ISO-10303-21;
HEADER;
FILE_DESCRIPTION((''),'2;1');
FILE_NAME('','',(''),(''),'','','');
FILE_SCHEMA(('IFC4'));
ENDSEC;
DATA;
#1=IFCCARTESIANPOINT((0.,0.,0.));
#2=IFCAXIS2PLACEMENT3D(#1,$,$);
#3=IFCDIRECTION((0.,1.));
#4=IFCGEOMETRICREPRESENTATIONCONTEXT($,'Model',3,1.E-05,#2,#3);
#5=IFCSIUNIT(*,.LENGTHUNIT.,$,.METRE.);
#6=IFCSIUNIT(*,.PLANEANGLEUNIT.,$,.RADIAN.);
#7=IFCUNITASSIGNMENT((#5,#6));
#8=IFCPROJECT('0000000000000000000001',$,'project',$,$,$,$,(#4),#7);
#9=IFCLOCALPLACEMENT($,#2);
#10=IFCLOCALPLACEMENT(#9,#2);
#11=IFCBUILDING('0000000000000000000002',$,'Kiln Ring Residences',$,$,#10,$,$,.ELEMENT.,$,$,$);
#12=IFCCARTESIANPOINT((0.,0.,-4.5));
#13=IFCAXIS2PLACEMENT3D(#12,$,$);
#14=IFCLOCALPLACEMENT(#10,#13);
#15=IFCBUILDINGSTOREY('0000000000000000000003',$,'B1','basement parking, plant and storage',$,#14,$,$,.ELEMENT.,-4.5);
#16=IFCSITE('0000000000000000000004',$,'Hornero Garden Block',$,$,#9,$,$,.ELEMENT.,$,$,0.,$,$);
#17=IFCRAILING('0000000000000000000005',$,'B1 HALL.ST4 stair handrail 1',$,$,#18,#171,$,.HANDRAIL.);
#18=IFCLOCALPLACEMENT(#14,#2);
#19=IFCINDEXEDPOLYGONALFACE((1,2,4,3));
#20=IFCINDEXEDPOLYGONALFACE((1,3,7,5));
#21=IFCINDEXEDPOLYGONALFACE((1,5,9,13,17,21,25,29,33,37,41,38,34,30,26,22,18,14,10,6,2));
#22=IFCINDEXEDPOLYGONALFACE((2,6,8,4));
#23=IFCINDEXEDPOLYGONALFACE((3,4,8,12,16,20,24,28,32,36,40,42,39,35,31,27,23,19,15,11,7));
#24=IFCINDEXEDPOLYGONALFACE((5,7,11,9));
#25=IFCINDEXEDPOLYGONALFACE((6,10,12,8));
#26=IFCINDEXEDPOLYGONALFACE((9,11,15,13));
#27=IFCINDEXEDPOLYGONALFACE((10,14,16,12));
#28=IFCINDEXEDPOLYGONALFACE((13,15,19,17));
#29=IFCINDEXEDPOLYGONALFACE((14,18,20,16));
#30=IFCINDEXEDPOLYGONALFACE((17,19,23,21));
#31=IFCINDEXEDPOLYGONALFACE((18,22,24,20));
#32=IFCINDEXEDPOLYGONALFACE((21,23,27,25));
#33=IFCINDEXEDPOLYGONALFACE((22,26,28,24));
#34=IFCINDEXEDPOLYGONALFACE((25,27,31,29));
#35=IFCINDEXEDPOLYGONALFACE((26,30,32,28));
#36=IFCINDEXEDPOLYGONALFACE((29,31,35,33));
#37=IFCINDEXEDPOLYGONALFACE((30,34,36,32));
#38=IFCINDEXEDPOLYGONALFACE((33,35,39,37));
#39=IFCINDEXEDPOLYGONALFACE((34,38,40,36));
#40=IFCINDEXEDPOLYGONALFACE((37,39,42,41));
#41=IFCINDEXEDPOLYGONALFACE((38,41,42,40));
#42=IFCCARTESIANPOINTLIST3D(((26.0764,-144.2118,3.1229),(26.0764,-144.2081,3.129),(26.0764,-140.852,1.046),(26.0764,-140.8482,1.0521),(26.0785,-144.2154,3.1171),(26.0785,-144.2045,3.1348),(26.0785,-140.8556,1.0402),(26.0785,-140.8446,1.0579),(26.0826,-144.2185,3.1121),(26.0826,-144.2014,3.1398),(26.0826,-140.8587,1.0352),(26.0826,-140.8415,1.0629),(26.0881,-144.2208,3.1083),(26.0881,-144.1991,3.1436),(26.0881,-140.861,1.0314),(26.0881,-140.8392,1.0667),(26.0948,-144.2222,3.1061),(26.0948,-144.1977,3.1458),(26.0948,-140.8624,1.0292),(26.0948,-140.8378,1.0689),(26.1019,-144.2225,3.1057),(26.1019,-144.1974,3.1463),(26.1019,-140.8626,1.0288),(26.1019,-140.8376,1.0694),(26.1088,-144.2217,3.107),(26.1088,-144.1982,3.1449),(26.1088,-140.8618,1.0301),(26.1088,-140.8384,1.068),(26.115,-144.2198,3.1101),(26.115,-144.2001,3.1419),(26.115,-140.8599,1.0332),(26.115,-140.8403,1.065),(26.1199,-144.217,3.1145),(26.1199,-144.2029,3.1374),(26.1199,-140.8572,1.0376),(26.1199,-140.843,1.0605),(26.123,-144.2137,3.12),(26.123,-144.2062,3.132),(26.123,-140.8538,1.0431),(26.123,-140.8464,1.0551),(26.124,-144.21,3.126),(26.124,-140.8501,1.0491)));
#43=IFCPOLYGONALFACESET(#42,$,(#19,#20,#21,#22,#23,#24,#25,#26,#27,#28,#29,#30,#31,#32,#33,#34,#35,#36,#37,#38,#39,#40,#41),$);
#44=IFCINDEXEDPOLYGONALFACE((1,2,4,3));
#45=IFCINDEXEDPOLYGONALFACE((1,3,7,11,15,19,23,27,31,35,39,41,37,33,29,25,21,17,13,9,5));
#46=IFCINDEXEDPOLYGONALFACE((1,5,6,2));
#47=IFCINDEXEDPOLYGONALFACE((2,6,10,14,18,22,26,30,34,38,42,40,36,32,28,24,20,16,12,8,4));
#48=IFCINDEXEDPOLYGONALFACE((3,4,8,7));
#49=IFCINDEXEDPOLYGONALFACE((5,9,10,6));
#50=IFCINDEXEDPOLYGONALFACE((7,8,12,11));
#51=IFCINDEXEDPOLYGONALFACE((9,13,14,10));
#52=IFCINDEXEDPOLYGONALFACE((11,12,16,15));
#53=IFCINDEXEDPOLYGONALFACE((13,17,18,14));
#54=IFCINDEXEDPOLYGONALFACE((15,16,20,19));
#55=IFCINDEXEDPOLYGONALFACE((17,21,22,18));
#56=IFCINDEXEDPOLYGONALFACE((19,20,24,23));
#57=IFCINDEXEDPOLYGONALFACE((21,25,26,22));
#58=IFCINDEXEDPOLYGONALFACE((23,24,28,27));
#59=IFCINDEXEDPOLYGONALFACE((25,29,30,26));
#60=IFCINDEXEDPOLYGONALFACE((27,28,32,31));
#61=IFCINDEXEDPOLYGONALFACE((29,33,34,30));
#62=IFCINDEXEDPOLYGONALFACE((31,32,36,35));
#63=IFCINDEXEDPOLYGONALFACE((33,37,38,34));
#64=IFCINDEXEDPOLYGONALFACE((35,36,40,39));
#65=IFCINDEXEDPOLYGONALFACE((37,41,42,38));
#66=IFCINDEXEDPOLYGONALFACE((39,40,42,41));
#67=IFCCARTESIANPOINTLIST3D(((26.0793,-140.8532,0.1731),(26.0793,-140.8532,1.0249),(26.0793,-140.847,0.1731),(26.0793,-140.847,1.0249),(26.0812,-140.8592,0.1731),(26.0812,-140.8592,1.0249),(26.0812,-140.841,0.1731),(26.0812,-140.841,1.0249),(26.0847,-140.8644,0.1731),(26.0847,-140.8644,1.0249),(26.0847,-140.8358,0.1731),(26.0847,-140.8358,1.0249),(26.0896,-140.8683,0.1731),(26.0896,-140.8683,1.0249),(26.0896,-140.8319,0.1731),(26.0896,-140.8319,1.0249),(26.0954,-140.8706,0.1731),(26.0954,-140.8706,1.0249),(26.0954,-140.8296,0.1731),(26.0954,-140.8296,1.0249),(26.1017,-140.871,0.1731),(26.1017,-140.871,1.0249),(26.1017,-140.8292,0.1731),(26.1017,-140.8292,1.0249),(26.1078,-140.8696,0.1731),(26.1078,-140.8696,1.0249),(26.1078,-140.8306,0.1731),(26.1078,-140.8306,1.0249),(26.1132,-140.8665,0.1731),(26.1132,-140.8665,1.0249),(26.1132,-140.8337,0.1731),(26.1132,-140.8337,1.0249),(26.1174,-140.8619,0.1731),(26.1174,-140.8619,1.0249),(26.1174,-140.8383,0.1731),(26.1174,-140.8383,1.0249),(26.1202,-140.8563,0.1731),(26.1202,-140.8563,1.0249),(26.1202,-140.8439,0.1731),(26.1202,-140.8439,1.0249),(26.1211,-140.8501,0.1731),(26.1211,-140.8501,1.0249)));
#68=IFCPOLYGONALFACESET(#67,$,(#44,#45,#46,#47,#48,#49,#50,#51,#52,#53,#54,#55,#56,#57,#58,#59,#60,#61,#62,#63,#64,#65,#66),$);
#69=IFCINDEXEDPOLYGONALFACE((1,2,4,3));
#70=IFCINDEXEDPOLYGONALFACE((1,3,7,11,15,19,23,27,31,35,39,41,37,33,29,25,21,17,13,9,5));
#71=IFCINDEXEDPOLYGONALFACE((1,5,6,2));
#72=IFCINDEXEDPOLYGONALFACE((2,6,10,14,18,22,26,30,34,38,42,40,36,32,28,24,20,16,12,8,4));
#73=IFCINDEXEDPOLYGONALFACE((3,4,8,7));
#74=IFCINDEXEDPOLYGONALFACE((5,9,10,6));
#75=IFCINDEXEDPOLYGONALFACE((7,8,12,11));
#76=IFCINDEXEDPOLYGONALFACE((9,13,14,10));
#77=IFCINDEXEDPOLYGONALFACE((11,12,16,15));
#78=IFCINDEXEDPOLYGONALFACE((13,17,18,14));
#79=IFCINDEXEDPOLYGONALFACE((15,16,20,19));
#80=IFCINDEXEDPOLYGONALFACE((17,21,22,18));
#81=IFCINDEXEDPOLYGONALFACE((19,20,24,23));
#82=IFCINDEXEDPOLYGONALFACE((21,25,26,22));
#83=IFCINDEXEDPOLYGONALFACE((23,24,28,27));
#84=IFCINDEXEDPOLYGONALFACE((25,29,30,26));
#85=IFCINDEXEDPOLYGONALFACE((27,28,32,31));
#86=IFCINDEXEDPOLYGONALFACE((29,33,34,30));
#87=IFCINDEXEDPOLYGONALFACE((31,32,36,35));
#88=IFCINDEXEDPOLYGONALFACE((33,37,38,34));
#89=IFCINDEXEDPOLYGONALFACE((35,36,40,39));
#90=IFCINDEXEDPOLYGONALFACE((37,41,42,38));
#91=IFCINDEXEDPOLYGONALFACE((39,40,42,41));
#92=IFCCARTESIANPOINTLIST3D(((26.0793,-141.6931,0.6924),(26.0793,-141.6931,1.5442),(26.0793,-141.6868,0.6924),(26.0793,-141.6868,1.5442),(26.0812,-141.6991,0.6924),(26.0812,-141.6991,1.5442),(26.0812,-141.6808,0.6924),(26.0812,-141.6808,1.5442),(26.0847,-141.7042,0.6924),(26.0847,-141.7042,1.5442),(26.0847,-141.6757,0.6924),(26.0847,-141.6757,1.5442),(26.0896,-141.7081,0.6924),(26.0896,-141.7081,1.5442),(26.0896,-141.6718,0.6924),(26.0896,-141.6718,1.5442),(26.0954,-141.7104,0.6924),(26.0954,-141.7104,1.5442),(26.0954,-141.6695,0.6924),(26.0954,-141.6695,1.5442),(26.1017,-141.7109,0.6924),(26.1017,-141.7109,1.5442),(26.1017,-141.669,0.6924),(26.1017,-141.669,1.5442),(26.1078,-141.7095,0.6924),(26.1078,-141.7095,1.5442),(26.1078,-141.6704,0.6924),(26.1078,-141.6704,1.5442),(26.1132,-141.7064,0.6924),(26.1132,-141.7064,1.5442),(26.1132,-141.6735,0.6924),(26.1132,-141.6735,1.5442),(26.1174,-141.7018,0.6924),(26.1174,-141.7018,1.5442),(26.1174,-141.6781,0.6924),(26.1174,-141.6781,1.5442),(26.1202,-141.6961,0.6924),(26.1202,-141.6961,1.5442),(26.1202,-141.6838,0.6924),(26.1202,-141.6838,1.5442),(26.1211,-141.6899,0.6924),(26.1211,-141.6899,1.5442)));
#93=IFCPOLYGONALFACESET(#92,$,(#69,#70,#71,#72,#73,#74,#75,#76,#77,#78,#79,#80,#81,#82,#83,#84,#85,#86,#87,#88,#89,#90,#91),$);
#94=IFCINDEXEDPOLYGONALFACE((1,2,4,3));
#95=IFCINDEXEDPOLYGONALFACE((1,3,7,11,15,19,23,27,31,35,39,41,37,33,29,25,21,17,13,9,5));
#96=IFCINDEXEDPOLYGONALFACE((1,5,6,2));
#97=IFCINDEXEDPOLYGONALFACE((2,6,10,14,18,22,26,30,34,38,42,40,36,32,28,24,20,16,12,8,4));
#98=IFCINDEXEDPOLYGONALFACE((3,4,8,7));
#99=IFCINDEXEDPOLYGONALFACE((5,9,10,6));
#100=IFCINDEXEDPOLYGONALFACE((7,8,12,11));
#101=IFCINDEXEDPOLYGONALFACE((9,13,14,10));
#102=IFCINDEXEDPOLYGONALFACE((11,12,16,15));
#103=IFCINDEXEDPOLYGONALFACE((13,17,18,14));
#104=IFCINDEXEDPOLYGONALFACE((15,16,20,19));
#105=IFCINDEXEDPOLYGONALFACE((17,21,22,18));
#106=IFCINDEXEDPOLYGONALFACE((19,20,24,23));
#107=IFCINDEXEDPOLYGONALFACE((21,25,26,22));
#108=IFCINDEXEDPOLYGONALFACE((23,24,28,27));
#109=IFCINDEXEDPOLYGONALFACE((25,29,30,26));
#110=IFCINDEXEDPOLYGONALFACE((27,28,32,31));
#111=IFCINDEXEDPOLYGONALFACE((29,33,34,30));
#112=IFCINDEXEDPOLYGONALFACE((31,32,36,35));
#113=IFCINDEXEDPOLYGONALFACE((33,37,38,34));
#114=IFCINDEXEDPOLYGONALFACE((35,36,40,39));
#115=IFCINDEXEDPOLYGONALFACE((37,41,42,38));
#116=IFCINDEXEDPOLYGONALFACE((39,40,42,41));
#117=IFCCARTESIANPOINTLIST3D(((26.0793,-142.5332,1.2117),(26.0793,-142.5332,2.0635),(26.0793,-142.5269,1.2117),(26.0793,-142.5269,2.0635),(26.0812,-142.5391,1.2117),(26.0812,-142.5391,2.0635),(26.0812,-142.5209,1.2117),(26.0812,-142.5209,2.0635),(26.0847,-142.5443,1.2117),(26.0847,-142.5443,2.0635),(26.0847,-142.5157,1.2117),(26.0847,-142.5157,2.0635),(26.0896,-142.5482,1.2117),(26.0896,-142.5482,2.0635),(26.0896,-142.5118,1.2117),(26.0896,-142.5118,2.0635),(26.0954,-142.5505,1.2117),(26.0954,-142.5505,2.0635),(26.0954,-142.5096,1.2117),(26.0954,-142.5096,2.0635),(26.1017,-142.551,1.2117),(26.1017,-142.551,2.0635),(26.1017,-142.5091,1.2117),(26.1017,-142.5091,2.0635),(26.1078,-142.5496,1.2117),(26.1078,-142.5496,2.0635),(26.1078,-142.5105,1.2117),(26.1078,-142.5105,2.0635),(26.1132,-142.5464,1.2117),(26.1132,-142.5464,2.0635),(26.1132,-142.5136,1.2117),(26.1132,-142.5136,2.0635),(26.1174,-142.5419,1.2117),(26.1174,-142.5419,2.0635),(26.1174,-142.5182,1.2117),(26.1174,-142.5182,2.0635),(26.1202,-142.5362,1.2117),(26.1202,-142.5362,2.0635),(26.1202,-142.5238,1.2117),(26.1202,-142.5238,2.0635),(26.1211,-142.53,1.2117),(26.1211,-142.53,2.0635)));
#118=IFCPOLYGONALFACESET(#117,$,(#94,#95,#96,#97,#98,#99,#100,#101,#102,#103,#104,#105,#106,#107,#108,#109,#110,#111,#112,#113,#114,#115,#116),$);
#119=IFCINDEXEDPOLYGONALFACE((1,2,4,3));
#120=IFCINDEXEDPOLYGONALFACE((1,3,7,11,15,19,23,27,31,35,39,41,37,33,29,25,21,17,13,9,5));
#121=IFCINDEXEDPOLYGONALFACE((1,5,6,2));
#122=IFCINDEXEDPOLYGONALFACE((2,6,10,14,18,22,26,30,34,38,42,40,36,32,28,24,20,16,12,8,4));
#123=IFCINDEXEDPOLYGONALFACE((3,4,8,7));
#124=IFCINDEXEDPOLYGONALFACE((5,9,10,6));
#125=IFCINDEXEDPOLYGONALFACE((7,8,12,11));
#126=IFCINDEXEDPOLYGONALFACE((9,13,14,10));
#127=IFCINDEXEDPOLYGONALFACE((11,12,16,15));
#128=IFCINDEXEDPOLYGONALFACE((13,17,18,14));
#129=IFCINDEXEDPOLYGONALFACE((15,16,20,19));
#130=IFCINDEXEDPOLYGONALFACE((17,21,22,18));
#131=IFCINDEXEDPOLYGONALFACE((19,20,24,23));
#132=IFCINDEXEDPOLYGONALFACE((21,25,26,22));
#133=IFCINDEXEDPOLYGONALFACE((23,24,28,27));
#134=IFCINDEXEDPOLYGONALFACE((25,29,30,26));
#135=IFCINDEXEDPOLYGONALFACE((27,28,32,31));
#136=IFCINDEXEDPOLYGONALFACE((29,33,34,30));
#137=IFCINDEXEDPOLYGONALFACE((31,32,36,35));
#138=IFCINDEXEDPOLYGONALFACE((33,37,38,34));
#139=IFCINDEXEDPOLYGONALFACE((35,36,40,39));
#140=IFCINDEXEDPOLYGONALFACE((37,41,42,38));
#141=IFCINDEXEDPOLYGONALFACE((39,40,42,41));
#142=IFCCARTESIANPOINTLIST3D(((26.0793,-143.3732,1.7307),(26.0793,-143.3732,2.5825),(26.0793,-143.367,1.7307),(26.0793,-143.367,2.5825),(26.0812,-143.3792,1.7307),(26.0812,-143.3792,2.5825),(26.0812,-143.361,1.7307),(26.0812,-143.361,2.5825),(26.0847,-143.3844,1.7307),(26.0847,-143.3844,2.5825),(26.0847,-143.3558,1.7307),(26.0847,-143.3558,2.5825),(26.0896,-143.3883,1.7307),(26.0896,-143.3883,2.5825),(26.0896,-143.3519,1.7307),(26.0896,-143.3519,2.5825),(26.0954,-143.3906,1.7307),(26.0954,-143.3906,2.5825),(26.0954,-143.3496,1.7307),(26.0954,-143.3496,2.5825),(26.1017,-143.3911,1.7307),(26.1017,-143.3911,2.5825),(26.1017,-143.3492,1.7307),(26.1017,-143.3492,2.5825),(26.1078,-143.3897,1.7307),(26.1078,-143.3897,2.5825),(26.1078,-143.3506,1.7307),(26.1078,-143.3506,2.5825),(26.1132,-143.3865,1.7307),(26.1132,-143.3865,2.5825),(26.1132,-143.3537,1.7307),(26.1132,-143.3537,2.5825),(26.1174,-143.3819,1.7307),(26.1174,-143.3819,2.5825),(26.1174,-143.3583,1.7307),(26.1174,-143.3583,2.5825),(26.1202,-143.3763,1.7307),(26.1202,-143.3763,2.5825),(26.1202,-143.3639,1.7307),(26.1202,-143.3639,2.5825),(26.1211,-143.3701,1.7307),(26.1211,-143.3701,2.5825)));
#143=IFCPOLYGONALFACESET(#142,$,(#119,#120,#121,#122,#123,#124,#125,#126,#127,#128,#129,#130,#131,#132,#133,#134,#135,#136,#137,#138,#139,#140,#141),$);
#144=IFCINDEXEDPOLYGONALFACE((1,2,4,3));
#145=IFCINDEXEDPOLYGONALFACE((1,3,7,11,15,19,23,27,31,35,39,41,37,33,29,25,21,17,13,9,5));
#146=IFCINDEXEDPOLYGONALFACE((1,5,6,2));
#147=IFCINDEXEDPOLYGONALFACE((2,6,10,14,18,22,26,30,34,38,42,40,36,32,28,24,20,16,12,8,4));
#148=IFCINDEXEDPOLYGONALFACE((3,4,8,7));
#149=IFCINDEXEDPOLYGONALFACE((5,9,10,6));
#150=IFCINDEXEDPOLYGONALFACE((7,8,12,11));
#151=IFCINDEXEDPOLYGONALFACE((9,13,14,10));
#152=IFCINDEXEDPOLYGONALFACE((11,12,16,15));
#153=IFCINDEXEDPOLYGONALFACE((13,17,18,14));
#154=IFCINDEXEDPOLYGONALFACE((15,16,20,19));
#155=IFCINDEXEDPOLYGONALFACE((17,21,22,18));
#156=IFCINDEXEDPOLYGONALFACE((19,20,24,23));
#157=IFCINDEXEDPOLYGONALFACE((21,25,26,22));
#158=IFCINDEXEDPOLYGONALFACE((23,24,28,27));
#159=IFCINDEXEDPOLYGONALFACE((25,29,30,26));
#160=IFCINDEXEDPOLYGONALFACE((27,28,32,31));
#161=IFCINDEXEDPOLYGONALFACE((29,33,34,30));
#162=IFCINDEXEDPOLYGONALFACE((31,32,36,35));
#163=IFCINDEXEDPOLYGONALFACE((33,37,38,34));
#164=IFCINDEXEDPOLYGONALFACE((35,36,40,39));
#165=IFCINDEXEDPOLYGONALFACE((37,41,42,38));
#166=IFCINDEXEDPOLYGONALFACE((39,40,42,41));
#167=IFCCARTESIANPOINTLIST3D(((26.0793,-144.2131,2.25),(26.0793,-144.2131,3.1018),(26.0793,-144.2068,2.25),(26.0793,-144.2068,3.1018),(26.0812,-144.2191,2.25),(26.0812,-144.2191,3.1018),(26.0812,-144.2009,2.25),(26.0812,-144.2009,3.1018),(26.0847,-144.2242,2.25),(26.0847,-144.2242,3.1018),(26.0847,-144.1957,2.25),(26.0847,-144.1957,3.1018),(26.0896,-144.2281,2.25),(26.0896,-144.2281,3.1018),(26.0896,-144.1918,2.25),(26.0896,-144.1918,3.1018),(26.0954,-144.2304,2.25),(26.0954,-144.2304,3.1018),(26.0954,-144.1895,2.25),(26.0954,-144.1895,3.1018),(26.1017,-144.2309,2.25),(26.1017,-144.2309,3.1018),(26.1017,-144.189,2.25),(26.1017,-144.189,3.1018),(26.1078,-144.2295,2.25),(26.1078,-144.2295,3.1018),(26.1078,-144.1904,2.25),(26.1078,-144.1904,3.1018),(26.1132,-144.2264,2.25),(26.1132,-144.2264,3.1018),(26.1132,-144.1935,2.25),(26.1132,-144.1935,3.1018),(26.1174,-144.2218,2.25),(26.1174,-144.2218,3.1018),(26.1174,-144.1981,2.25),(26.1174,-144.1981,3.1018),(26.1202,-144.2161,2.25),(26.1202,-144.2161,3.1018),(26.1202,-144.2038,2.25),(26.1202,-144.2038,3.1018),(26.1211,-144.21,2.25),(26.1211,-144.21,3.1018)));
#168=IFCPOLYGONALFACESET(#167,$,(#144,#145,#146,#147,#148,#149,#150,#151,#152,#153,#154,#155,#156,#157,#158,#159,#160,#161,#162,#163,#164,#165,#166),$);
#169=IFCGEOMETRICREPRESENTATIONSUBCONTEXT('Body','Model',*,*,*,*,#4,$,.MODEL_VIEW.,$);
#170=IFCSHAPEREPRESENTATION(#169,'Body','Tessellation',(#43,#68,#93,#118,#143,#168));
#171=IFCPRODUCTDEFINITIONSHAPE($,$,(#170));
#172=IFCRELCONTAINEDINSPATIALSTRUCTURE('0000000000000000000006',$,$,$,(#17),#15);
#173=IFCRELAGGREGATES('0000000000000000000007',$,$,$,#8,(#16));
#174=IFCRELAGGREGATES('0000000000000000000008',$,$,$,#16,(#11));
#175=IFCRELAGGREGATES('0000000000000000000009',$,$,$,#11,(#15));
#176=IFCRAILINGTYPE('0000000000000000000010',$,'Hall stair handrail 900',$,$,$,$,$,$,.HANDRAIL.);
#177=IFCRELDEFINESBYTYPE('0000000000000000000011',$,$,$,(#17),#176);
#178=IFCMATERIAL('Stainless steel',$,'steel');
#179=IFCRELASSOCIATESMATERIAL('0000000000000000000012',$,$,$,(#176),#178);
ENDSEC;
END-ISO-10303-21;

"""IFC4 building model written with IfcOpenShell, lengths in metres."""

from ifc_helpers import new_model, si_unit, direction, frame, origin, origin_2d, place, context, subcontext, project, spatial, circle, extrude, material, type_object, element, save


model = new_model("IFC4")

# Units and contexts
model_context = context("Model", 3, precision=1e-05, world=origin(), true_north=direction((0.0, 1.0)))
body_context = subcontext(model_context, "Body", "Model", "MODEL_VIEW")
ifc_project = project(units=[si_unit("LENGTHUNIT", "METRE"), si_unit("PLANEANGLEUNIT", "RADIAN")], contexts=[model_context])

# Site, building, storey
site_placement = place(None, origin())
site = spatial("IfcSite", under=ifc_project, at=site_placement, Name="Hornero Garden Block", CompositionType="ELEMENT", RefElevation=0.0)
building_placement = place(site_placement, origin())
building = spatial("IfcBuilding", under=site, at=building_placement, Name="Kiln Ring Residences", CompositionType="ELEMENT")
storey_placement = place(building_placement, frame((0.0, 0.0, -4.5)))
storey = spatial("IfcBuildingStorey", under=building, at=storey_placement, Name="B1", Description="basement parking, plant and storage", CompositionType="ELEMENT", Elevation=-4.5)

# Railing
ifc_material_1 = material(Name="Stainless steel", Category="steel")
railing_type_1 = type_object("IfcRailingType", Name="Hall stair handrail 900", PredefinedType="HANDRAIL", material=ifc_material_1)
railing_1_placement = place(storey_placement, frame((26.1001, -140.8501, 0.1731)))
element("IfcRailing", 1, at=railing_1_placement, inside=storey, type_object=railing_type_1, Name="B1 HALL.ST4 stair handrail 1", PredefinedType="HANDRAIL", context=body_context, shape_type="SweptSolid", body=[
    extrude(circle(Radius=0.0239, at=origin_2d()), frame((0.0, 0.0, 0.876), z_axis=(0.0, -0.850606, 0.525803), x_axis=(1.0, 0.0, 0.0)), (0.0, 0.0, 1.0), 3.95),
    extrude(circle(Radius=0.021, at=origin_2d()), origin(), (0.0, 0.0, 1.0), 0.8518),
    extrude(circle(Radius=0.021, at=origin_2d()), frame((0.0, -0.8398, 0.5193)), (0.0, 0.0, 1.0), 0.8518),
    extrude(circle(Radius=0.021, at=origin_2d()), frame((0.0, -1.6799, 1.0386)), (0.0, 0.0, 1.0), 0.8518),
    extrude(circle(Radius=0.021, at=origin_2d()), frame((0.0, -2.52, 1.5576)), (0.0, 0.0, 1.0), 0.8518),
    extrude(circle(Radius=0.021, at=origin_2d()), frame((0.0, -3.3599, 2.0769)), (0.0, 0.0, 1.0), 0.8518),
])

save(model, "model.ifc")
